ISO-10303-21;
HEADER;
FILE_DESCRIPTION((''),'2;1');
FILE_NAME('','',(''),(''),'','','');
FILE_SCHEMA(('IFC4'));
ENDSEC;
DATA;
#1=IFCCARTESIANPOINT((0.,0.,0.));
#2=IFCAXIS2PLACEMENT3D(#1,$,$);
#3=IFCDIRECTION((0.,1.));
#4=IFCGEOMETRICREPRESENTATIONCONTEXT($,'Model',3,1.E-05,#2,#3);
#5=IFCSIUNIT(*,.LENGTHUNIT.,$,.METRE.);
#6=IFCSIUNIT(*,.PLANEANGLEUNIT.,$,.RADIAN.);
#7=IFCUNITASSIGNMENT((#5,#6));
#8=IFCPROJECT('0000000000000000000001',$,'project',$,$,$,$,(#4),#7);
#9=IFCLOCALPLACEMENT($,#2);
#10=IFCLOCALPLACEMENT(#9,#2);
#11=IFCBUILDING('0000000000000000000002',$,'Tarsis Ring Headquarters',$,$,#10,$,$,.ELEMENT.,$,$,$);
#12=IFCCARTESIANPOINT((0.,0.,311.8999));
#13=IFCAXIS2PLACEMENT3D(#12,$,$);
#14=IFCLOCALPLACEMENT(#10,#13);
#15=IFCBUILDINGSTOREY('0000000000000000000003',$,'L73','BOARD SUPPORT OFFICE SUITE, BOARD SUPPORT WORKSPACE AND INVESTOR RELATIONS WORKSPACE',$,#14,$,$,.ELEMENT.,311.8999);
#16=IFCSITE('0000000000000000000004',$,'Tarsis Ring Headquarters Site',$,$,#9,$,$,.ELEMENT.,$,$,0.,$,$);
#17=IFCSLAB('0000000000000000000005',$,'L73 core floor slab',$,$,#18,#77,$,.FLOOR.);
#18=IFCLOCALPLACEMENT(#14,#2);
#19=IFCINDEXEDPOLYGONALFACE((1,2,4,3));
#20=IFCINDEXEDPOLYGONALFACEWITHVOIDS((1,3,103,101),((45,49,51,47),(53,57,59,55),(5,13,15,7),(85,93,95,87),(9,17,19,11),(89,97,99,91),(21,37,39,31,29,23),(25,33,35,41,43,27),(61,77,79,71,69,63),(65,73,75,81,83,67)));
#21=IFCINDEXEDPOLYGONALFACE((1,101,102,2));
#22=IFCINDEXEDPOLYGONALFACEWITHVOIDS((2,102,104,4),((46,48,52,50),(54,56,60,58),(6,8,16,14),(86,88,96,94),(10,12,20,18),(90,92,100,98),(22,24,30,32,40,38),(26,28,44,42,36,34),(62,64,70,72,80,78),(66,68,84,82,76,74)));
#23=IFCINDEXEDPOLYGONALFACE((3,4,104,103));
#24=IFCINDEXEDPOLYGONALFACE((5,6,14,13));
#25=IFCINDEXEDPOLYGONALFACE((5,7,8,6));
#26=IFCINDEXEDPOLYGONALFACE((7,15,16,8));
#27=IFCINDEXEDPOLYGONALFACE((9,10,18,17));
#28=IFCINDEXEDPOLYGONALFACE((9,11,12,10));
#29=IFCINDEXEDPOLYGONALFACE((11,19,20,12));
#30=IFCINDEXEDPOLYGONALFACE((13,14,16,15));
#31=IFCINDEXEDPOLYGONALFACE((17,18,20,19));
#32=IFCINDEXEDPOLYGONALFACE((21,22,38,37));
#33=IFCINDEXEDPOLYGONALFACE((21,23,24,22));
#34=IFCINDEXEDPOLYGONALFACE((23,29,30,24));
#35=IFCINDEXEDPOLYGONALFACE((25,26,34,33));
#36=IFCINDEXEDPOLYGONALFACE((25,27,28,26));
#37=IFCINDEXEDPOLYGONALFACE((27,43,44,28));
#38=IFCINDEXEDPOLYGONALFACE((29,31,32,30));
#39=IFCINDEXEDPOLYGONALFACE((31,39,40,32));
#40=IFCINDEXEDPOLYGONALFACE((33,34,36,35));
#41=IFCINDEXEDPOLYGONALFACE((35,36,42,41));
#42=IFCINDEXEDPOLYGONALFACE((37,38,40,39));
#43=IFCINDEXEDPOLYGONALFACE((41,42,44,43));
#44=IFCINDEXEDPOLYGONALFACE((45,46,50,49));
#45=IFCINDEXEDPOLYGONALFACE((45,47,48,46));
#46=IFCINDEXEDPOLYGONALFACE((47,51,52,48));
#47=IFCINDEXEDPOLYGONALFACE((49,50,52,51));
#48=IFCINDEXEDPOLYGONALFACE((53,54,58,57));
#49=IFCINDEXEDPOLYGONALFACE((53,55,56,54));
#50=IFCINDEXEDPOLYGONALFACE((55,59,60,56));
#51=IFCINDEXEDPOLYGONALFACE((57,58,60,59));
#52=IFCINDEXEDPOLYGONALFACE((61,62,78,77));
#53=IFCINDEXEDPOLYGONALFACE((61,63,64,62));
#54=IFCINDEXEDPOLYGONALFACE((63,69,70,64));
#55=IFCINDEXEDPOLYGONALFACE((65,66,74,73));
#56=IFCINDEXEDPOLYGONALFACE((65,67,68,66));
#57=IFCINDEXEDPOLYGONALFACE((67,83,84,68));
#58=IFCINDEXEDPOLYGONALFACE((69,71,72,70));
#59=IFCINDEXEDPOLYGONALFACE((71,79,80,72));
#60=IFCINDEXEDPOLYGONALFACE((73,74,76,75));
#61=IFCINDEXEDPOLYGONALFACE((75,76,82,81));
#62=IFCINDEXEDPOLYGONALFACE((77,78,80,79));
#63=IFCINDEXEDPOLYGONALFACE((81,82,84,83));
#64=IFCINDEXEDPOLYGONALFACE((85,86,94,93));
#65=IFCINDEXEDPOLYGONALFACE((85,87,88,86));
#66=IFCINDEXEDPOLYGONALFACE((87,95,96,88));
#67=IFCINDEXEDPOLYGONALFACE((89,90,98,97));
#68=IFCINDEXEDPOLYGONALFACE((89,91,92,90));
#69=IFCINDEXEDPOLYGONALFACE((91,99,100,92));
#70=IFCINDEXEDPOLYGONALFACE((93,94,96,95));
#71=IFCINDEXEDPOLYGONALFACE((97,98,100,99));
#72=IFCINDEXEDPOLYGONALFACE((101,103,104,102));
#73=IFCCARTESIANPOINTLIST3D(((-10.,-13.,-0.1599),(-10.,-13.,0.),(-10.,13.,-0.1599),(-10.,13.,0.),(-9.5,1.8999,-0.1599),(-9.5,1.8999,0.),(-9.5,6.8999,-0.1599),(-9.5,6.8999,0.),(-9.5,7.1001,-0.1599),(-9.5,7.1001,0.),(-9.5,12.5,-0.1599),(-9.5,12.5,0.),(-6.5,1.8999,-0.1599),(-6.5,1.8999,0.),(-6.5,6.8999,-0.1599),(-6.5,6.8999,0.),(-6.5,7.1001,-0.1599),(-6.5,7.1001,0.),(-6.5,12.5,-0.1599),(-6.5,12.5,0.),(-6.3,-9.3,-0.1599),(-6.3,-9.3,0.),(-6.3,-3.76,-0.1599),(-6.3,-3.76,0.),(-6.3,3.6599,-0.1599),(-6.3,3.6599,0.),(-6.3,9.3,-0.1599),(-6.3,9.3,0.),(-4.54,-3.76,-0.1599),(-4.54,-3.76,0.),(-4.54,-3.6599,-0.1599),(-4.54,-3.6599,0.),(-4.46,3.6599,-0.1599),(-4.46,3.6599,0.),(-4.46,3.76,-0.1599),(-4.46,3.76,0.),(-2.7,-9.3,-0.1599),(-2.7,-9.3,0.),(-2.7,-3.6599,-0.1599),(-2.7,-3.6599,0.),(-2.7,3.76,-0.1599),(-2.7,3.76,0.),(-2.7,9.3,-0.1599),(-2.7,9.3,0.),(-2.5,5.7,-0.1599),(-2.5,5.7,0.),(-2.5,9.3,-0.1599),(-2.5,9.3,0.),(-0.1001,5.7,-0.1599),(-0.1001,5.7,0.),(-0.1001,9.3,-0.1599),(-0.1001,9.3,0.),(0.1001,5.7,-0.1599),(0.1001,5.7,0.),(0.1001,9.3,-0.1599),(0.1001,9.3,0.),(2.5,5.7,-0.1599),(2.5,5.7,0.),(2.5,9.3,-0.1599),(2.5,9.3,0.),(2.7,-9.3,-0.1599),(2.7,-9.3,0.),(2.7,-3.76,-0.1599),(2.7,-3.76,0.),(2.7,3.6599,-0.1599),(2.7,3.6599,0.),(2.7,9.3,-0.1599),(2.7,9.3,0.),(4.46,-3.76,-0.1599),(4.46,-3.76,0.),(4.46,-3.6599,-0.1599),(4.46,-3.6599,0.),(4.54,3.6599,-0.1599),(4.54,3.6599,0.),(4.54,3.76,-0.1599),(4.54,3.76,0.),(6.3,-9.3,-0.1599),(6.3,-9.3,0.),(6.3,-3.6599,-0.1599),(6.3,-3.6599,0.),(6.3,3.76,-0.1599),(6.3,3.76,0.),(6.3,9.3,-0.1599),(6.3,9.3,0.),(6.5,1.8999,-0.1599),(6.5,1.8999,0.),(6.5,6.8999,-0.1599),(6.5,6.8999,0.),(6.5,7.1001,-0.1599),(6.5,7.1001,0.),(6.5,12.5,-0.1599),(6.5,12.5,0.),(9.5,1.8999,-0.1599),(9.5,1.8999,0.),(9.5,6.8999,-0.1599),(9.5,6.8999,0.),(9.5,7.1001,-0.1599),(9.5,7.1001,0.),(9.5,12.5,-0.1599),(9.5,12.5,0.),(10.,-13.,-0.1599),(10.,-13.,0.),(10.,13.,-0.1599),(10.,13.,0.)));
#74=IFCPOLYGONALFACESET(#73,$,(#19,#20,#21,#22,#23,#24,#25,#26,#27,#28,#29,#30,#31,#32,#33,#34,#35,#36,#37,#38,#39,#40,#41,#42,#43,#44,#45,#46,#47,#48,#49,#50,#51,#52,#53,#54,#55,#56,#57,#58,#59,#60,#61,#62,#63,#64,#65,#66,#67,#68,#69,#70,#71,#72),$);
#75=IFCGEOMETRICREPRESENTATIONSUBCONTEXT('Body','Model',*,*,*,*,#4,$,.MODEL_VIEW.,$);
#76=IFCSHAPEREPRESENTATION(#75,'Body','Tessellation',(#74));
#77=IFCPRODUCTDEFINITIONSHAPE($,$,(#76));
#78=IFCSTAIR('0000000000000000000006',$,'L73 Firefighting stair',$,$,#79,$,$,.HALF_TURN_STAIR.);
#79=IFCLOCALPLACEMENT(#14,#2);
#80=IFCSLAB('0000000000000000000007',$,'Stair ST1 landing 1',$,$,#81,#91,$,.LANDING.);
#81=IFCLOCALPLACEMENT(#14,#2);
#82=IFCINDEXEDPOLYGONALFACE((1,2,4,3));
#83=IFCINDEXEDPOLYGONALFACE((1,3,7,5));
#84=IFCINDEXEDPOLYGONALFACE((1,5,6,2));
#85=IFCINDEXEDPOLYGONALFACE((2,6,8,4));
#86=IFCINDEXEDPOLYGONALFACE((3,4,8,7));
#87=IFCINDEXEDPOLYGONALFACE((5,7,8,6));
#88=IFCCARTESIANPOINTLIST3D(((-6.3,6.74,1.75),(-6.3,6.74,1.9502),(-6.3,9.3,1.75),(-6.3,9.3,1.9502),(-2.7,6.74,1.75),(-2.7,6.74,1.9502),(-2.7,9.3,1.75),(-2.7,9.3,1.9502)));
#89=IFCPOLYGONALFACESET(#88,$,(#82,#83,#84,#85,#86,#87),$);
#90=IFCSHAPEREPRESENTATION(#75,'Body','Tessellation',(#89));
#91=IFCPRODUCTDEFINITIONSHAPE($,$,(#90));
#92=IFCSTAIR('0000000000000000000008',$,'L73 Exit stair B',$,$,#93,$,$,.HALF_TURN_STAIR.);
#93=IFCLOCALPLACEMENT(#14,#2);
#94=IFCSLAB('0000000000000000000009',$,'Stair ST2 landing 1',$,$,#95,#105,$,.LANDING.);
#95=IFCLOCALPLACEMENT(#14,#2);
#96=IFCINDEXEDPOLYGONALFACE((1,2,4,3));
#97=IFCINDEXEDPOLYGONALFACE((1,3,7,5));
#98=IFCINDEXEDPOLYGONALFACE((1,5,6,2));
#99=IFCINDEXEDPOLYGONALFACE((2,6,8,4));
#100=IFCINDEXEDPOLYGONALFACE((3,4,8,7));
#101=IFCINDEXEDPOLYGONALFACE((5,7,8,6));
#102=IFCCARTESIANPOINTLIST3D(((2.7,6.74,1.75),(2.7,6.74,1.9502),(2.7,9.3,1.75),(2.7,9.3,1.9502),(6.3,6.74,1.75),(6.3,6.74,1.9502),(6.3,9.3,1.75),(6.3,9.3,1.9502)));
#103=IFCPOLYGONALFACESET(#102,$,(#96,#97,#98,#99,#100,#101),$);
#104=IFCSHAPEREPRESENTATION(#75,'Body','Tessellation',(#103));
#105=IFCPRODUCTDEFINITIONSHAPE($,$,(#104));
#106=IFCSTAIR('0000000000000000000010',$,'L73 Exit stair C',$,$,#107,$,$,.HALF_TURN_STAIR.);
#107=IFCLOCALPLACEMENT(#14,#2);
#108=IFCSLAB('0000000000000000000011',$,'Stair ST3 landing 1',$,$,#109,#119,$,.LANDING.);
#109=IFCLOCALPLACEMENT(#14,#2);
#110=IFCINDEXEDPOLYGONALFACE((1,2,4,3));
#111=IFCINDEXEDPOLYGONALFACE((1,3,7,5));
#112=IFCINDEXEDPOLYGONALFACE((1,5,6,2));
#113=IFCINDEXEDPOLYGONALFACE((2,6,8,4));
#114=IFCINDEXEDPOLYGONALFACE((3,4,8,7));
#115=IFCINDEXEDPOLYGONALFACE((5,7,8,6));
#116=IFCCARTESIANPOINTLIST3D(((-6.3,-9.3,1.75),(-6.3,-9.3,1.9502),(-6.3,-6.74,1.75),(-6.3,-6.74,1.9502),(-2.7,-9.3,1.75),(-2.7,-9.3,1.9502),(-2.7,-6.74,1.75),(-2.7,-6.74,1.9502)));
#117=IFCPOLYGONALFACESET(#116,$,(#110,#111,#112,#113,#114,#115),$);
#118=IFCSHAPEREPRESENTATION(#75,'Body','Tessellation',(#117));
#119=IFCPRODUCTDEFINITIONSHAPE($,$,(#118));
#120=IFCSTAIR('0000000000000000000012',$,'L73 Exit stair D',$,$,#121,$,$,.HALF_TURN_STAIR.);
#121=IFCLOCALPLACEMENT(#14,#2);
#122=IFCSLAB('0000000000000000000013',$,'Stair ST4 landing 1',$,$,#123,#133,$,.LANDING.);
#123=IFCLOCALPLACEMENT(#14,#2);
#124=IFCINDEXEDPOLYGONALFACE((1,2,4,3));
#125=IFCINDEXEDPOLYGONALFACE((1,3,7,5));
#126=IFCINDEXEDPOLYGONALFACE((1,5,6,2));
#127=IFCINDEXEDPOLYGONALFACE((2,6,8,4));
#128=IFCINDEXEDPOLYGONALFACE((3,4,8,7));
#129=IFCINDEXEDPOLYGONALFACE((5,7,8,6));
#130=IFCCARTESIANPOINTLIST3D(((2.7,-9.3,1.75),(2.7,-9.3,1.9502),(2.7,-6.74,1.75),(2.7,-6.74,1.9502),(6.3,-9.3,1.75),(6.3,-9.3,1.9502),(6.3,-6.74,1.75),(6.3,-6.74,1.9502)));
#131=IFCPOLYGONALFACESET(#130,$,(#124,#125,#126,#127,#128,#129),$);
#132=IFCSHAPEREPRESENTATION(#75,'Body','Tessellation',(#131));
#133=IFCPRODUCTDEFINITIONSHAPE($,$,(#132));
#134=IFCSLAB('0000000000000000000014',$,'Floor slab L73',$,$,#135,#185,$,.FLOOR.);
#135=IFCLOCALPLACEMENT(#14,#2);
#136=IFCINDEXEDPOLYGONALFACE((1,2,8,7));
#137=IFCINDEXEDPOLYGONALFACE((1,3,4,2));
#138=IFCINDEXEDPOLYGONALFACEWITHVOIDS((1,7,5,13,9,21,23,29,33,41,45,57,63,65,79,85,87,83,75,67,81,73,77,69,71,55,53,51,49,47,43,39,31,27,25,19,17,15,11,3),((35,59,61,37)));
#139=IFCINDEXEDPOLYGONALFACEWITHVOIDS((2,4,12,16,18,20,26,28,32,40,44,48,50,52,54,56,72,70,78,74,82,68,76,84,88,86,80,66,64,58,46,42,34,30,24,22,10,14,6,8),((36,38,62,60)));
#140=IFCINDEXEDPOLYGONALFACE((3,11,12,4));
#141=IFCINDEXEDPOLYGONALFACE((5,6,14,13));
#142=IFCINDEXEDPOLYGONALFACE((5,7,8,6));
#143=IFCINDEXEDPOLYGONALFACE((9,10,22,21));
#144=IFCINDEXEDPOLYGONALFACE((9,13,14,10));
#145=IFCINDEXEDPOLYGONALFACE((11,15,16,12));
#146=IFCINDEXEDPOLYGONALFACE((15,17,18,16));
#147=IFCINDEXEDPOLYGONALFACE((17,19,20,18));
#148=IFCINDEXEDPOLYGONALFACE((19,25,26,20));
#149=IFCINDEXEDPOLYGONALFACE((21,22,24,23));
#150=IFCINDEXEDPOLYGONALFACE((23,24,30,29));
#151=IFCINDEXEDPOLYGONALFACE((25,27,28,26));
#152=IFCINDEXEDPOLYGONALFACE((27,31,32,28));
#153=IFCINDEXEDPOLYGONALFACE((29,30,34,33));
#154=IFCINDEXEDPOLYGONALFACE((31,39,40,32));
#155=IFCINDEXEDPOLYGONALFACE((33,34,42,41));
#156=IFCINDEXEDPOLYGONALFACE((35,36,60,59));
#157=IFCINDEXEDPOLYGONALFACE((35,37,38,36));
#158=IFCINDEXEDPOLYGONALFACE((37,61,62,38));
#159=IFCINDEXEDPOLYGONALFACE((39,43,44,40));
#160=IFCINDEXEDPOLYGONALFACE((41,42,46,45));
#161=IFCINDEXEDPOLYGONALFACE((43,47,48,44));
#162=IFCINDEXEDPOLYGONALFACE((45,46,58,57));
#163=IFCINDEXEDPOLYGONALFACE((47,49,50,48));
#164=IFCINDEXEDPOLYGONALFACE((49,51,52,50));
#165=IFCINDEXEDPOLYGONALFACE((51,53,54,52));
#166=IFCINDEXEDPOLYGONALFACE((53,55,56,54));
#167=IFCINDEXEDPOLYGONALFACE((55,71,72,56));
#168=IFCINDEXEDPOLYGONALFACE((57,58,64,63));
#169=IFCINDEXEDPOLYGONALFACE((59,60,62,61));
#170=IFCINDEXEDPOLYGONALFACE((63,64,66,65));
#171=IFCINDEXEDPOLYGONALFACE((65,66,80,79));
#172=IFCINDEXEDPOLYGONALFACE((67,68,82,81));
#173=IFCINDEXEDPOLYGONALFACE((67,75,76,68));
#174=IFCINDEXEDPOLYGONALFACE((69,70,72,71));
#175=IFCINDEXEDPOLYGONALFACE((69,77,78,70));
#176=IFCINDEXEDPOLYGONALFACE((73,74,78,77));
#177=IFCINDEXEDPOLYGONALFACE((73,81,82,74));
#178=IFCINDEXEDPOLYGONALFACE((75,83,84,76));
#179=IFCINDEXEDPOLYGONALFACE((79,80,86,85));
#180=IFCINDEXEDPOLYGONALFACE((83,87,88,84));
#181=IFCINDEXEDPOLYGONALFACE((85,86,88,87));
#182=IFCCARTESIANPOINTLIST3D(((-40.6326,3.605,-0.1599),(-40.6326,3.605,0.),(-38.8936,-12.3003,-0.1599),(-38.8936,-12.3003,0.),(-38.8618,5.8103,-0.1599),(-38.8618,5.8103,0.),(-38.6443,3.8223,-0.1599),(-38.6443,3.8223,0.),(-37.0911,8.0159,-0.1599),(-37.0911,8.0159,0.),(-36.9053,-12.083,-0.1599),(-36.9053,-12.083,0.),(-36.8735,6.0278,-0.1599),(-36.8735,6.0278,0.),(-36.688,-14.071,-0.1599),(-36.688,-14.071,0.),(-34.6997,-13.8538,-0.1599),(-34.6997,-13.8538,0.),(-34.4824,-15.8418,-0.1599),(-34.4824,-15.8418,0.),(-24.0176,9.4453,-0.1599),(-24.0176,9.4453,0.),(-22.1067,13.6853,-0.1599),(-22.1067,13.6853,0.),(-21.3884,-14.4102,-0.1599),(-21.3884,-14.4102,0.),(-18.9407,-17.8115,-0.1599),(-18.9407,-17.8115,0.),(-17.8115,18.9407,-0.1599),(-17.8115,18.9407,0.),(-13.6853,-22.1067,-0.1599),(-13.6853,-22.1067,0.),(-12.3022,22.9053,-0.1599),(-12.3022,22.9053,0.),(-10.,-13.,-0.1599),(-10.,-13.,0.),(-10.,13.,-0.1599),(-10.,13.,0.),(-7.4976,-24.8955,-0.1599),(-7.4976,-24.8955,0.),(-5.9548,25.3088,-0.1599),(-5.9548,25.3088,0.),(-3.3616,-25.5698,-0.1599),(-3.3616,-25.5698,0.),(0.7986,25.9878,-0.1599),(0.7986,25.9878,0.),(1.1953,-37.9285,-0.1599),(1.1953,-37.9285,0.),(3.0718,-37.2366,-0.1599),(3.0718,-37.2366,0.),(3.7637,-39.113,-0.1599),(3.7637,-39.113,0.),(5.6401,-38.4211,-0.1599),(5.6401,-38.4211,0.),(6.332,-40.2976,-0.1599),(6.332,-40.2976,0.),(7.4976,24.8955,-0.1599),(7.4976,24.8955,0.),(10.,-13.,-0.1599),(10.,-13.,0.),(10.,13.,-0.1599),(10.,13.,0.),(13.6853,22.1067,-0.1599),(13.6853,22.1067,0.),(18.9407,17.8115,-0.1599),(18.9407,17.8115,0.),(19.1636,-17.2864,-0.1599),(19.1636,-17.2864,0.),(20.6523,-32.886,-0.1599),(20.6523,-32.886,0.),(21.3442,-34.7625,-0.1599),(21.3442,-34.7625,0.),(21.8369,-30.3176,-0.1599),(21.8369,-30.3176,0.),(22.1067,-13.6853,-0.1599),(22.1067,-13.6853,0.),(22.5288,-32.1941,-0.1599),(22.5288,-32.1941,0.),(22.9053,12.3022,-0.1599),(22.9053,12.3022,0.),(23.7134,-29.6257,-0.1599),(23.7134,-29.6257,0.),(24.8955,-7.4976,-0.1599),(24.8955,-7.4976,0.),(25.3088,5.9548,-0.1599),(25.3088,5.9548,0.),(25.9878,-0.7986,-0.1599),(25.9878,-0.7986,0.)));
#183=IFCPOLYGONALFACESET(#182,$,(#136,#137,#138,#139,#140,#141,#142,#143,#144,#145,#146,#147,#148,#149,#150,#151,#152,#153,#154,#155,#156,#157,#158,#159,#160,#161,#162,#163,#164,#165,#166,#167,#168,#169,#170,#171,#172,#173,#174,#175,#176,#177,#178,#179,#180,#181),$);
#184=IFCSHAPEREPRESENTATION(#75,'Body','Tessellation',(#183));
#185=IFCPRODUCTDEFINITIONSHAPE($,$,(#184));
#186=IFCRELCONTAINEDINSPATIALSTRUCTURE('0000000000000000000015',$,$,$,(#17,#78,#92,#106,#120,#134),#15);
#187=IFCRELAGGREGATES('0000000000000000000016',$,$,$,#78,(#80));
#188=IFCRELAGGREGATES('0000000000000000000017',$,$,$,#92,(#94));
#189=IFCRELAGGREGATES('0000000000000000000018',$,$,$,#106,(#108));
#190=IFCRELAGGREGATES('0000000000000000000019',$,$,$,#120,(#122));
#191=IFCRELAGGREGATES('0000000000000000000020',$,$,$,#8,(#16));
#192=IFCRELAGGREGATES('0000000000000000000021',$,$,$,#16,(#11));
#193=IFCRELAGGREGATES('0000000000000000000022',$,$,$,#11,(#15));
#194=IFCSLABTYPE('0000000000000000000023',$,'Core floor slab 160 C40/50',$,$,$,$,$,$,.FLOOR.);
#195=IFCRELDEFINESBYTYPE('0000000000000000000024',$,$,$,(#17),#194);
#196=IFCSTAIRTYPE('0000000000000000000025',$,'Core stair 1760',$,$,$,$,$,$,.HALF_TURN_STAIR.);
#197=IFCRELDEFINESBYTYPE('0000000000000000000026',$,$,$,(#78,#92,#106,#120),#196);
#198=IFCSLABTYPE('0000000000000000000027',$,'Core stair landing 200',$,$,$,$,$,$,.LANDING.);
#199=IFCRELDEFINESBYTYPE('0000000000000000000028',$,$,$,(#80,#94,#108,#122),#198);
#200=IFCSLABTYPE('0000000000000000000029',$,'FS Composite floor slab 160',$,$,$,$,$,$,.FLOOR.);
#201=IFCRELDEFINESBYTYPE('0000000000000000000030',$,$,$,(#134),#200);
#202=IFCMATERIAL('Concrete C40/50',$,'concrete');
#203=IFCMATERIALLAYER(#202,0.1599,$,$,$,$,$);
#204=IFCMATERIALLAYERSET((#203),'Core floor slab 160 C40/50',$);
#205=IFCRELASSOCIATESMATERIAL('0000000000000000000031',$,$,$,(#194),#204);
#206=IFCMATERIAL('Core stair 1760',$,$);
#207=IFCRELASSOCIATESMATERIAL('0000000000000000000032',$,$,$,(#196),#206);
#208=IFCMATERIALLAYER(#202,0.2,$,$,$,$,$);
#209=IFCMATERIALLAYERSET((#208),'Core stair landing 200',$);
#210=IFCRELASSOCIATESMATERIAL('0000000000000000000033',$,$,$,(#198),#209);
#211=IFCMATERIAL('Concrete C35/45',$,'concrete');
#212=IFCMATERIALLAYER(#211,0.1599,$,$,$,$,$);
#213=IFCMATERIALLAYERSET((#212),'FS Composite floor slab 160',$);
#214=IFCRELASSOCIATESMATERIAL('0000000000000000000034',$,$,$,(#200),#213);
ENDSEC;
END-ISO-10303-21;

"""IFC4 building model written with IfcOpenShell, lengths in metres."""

from ifc_helpers import new_model, si_unit, direction, frame, origin, place, context, subcontext, project, spatial, polyline, outline, extrude, material, layer, layer_set, type_object, element, aggregate, save


model = new_model("IFC4")

# Units and contexts
model_context = context("Model", 3, precision=1e-05, world=origin(), true_north=direction((0.0, 1.0)))
body_context = subcontext(model_context, "Body", "Model", "MODEL_VIEW")
ifc_project = project(units=[si_unit("LENGTHUNIT", "METRE"), si_unit("PLANEANGLEUNIT", "RADIAN")], contexts=[model_context])

# Site, building, storey
site_placement = place(None, origin())
site = spatial("IfcSite", under=ifc_project, at=site_placement, Name="Tarsis Ring Headquarters Site", CompositionType="ELEMENT", RefElevation=0.0)
building_placement = place(site_placement, origin())
building = spatial("IfcBuilding", under=site, at=building_placement, Name="Tarsis Ring Headquarters", CompositionType="ELEMENT")
storey_placement = place(building_placement, frame((0.0, 0.0, 311.8999)))
storey = spatial("IfcBuildingStorey", under=building, at=storey_placement, Name="L73", Description="BOARD SUPPORT OFFICE SUITE, BOARD SUPPORT WORKSPACE AND INVESTOR RELATIONS WORKSPACE", CompositionType="ELEMENT", Elevation=311.8999)

# Shared definitions
ifc_material_1 = material(Name="Concrete C40/50", Category="concrete")

# Slab
ifc_layer_1 = layer(ifc_material_1, 0.1599)
ifc_layer_set_1 = layer_set([ifc_layer_1], Name="Core floor slab 160 C40/50")
slab_type_1 = type_object("IfcSlabType", Name="Core floor slab 160 C40/50", PredefinedType="FLOOR", material=ifc_layer_set_1)
slab_1_placement = place(storey_placement, frame((0.0, 0.0, -0.1599)))
element("IfcSlab", 1, at=slab_1_placement, inside=storey, type_object=slab_type_1, Name="L73 core floor slab", PredefinedType="FLOOR", context=body_context, shape_type="SweptSolid", body=[
    extrude(outline(polyline([(-10.0, -13.0), (10.0, -13.0), (10.0, 13.0), (-10.0, 13.0), (-10.0, -13.0)]), holes=[polyline([(-2.5, 5.7), (-0.1001, 5.7), (-0.1001, 9.3), (-2.5, 9.3), (-2.5, 5.7)]), polyline([(0.1001, 5.7), (2.5, 5.7), (2.5, 9.3), (0.1001, 9.3), (0.1001, 5.7)]), polyline([(-9.5, 1.8999), (-6.5, 1.8999), (-6.5, 6.8999), (-9.5, 6.8999), (-9.5, 1.8999)]), polyline([(-9.5, 7.1001), (-6.5, 7.1001), (-6.5, 12.5), (-9.5, 12.5), (-9.5, 7.1001)]), polyline([(6.5, 1.8999), (9.5, 1.8999), (9.5, 6.8999), (6.5, 6.8999), (6.5, 1.8999)]), polyline([(6.5, 7.1001), (9.5, 7.1001), (9.5, 12.5), (6.5, 12.5), (6.5, 7.1001)]), polyline([(-2.7, 3.76), (-2.7, 9.3), (-6.3, 9.3), (-6.3, 3.6599), (-4.46, 3.6599), (-4.46, 3.76), (-2.7, 3.76)]), polyline([(6.3, 3.76), (6.3, 9.3), (2.7, 9.3), (2.7, 3.6599), (4.54, 3.6599), (4.54, 3.76), (6.3, 3.76)]), polyline([(-6.3, -3.76), (-6.3, -9.3), (-2.7, -9.3), (-2.7, -3.6599), (-4.54, -3.6599), (-4.54, -3.76), (-6.3, -3.76)]), polyline([(2.7, -3.76), (2.7, -9.3), (6.3, -9.3), (6.3, -3.6599), (4.46, -3.6599), (4.46, -3.76), (2.7, -3.76)])]), origin(), (0.0, 0.0, 1.0), 0.1599),
])

# Stairs, slabs
ifc_material_2 = material(Name="Core stair 1760")
stair_type = type_object("IfcStairType", Name="Core stair 1760", PredefinedType="HALF_TURN_STAIR", material=ifc_material_2)
stair_1_placement = place(storey_placement, origin())
stair_1 = element("IfcStair", 2, at=stair_1_placement, inside=storey, type_object=stair_type, Name="L73 Firefighting stair", PredefinedType="HALF_TURN_STAIR")
ifc_layer_2 = layer(ifc_material_1, 0.2)
ifc_layer_set_2 = layer_set([ifc_layer_2], Name="Core stair landing 200")
slab_type_2 = type_object("IfcSlabType", Name="Core stair landing 200", PredefinedType="LANDING", material=ifc_layer_set_2)
slab_2_placement = place(storey_placement, frame((0.0, 0.0, 1.75)))
slab_2 = element("IfcSlab", 3, at=slab_2_placement, type_object=slab_type_2, Name="Stair ST1 landing 1", PredefinedType="LANDING", context=body_context, shape_type="SweptSolid", body=[
    extrude(outline(polyline([(-2.7, 6.74), (-2.7, 9.3), (-6.3, 9.3), (-6.3, 6.74), (-2.7, 6.74)])), origin(), (0.0, 0.0, 1.0), 0.2002),
])
aggregate(stair_1, [slab_2])
stair_2_placement = place(storey_placement, origin())
stair_2 = element("IfcStair", 4, at=stair_2_placement, inside=storey, type_object=stair_type, Name="L73 Exit stair B", PredefinedType="HALF_TURN_STAIR")
slab_3_placement = place(storey_placement, frame((0.0, 0.0, 1.75)))
slab_3 = element("IfcSlab", 5, at=slab_3_placement, type_object=slab_type_2, Name="Stair ST2 landing 1", PredefinedType="LANDING", context=body_context, shape_type="SweptSolid", body=[
    extrude(outline(polyline([(6.3, 6.74), (6.3, 9.3), (2.7, 9.3), (2.7, 6.74), (6.3, 6.74)])), origin(), (0.0, 0.0, 1.0), 0.2002),
])
aggregate(stair_2, [slab_3])
stair_3_placement = place(storey_placement, origin())
stair_3 = element("IfcStair", 6, at=stair_3_placement, inside=storey, type_object=stair_type, Name="L73 Exit stair C", PredefinedType="HALF_TURN_STAIR")
slab_4_placement = place(storey_placement, frame((0.0, 0.0, 1.75)))
slab_4 = element("IfcSlab", 7, at=slab_4_placement, type_object=slab_type_2, Name="Stair ST3 landing 1", PredefinedType="LANDING", context=body_context, shape_type="SweptSolid", body=[
    extrude(outline(polyline([(-6.3, -6.74), (-6.3, -9.3), (-2.7, -9.3), (-2.7, -6.74), (-6.3, -6.74)])), origin(), (0.0, 0.0, 1.0), 0.2002),
])
aggregate(stair_3, [slab_4])
stair_4_placement = place(storey_placement, origin())
stair_4 = element("IfcStair", 8, at=stair_4_placement, inside=storey, type_object=stair_type, Name="L73 Exit stair D", PredefinedType="HALF_TURN_STAIR")
slab_5_placement = place(storey_placement, frame((0.0, 0.0, 1.75)))
slab_5 = element("IfcSlab", 9, at=slab_5_placement, type_object=slab_type_2, Name="Stair ST4 landing 1", PredefinedType="LANDING", context=body_context, shape_type="SweptSolid", body=[
    extrude(outline(polyline([(2.7, -6.74), (2.7, -9.3), (6.3, -9.3), (6.3, -6.74), (2.7, -6.74)])), origin(), (0.0, 0.0, 1.0), 0.2002),
])
aggregate(stair_4, [slab_5])

# Slab
ifc_material_3 = material(Name="Concrete C35/45", Category="concrete")
ifc_layer_3 = layer(ifc_material_3, 0.1599)
ifc_layer_set_3 = layer_set([ifc_layer_3], Name="FS Composite floor slab 160")
slab_type_3 = type_object("IfcSlabType", Name="FS Composite floor slab 160", PredefinedType="FLOOR", material=ifc_layer_set_3)
slab_6_placement = place(storey_placement, frame((0.0, 0.0, -0.1599)))
element("IfcSlab", 10, at=slab_6_placement, inside=storey, type_object=slab_type_3, Name="Floor slab L73", PredefinedType="FLOOR", context=body_context, shape_type="SweptSolid", body=[
    extrude(outline(polyline([(-21.3884, -14.4102), (-18.9407, -17.8115), (-13.6853, -22.1067), (-7.4976, -24.8955), (-3.3616, -25.5698), (1.1953, -37.9285), (3.0718, -37.2366), (3.7637, -39.113), (5.6401, -38.4211), (6.332, -40.2976), (21.3442, -34.7625), (20.6523, -32.886), (22.5288, -32.1941), (21.8369, -30.3176), (23.7134, -29.6257), (19.1636, -17.2864), (22.1067, -13.6853), (24.8955, -7.4976), (25.9878, -0.7986), (25.3088, 5.9548), (22.9053, 12.3022), (18.9407, 17.8115), (13.6853, 22.1067), (7.4976, 24.8955), (0.7986, 25.9878), (-5.9548, 25.3088), (-12.3022, 22.9053), (-17.8115, 18.9407), (-22.1067, 13.6853), (-24.0176, 9.4453), (-37.0911, 8.0159), (-36.8735, 6.0278), (-38.8618, 5.8103), (-38.6443, 3.8223), (-40.6326, 3.605), (-38.8936, -12.3003), (-36.9053, -12.083), (-36.688, -14.071), (-34.6997, -13.8538), (-34.4824, -15.8418), (-21.3884, -14.4102)]), holes=[polyline([(-10.0, -13.0), (-10.0, 13.0), (10.0, 13.0), (10.0, -13.0), (-10.0, -13.0)])]), origin(), (0.0, 0.0, 1.0), 0.1599),
])

save(model, "model.ifc")
